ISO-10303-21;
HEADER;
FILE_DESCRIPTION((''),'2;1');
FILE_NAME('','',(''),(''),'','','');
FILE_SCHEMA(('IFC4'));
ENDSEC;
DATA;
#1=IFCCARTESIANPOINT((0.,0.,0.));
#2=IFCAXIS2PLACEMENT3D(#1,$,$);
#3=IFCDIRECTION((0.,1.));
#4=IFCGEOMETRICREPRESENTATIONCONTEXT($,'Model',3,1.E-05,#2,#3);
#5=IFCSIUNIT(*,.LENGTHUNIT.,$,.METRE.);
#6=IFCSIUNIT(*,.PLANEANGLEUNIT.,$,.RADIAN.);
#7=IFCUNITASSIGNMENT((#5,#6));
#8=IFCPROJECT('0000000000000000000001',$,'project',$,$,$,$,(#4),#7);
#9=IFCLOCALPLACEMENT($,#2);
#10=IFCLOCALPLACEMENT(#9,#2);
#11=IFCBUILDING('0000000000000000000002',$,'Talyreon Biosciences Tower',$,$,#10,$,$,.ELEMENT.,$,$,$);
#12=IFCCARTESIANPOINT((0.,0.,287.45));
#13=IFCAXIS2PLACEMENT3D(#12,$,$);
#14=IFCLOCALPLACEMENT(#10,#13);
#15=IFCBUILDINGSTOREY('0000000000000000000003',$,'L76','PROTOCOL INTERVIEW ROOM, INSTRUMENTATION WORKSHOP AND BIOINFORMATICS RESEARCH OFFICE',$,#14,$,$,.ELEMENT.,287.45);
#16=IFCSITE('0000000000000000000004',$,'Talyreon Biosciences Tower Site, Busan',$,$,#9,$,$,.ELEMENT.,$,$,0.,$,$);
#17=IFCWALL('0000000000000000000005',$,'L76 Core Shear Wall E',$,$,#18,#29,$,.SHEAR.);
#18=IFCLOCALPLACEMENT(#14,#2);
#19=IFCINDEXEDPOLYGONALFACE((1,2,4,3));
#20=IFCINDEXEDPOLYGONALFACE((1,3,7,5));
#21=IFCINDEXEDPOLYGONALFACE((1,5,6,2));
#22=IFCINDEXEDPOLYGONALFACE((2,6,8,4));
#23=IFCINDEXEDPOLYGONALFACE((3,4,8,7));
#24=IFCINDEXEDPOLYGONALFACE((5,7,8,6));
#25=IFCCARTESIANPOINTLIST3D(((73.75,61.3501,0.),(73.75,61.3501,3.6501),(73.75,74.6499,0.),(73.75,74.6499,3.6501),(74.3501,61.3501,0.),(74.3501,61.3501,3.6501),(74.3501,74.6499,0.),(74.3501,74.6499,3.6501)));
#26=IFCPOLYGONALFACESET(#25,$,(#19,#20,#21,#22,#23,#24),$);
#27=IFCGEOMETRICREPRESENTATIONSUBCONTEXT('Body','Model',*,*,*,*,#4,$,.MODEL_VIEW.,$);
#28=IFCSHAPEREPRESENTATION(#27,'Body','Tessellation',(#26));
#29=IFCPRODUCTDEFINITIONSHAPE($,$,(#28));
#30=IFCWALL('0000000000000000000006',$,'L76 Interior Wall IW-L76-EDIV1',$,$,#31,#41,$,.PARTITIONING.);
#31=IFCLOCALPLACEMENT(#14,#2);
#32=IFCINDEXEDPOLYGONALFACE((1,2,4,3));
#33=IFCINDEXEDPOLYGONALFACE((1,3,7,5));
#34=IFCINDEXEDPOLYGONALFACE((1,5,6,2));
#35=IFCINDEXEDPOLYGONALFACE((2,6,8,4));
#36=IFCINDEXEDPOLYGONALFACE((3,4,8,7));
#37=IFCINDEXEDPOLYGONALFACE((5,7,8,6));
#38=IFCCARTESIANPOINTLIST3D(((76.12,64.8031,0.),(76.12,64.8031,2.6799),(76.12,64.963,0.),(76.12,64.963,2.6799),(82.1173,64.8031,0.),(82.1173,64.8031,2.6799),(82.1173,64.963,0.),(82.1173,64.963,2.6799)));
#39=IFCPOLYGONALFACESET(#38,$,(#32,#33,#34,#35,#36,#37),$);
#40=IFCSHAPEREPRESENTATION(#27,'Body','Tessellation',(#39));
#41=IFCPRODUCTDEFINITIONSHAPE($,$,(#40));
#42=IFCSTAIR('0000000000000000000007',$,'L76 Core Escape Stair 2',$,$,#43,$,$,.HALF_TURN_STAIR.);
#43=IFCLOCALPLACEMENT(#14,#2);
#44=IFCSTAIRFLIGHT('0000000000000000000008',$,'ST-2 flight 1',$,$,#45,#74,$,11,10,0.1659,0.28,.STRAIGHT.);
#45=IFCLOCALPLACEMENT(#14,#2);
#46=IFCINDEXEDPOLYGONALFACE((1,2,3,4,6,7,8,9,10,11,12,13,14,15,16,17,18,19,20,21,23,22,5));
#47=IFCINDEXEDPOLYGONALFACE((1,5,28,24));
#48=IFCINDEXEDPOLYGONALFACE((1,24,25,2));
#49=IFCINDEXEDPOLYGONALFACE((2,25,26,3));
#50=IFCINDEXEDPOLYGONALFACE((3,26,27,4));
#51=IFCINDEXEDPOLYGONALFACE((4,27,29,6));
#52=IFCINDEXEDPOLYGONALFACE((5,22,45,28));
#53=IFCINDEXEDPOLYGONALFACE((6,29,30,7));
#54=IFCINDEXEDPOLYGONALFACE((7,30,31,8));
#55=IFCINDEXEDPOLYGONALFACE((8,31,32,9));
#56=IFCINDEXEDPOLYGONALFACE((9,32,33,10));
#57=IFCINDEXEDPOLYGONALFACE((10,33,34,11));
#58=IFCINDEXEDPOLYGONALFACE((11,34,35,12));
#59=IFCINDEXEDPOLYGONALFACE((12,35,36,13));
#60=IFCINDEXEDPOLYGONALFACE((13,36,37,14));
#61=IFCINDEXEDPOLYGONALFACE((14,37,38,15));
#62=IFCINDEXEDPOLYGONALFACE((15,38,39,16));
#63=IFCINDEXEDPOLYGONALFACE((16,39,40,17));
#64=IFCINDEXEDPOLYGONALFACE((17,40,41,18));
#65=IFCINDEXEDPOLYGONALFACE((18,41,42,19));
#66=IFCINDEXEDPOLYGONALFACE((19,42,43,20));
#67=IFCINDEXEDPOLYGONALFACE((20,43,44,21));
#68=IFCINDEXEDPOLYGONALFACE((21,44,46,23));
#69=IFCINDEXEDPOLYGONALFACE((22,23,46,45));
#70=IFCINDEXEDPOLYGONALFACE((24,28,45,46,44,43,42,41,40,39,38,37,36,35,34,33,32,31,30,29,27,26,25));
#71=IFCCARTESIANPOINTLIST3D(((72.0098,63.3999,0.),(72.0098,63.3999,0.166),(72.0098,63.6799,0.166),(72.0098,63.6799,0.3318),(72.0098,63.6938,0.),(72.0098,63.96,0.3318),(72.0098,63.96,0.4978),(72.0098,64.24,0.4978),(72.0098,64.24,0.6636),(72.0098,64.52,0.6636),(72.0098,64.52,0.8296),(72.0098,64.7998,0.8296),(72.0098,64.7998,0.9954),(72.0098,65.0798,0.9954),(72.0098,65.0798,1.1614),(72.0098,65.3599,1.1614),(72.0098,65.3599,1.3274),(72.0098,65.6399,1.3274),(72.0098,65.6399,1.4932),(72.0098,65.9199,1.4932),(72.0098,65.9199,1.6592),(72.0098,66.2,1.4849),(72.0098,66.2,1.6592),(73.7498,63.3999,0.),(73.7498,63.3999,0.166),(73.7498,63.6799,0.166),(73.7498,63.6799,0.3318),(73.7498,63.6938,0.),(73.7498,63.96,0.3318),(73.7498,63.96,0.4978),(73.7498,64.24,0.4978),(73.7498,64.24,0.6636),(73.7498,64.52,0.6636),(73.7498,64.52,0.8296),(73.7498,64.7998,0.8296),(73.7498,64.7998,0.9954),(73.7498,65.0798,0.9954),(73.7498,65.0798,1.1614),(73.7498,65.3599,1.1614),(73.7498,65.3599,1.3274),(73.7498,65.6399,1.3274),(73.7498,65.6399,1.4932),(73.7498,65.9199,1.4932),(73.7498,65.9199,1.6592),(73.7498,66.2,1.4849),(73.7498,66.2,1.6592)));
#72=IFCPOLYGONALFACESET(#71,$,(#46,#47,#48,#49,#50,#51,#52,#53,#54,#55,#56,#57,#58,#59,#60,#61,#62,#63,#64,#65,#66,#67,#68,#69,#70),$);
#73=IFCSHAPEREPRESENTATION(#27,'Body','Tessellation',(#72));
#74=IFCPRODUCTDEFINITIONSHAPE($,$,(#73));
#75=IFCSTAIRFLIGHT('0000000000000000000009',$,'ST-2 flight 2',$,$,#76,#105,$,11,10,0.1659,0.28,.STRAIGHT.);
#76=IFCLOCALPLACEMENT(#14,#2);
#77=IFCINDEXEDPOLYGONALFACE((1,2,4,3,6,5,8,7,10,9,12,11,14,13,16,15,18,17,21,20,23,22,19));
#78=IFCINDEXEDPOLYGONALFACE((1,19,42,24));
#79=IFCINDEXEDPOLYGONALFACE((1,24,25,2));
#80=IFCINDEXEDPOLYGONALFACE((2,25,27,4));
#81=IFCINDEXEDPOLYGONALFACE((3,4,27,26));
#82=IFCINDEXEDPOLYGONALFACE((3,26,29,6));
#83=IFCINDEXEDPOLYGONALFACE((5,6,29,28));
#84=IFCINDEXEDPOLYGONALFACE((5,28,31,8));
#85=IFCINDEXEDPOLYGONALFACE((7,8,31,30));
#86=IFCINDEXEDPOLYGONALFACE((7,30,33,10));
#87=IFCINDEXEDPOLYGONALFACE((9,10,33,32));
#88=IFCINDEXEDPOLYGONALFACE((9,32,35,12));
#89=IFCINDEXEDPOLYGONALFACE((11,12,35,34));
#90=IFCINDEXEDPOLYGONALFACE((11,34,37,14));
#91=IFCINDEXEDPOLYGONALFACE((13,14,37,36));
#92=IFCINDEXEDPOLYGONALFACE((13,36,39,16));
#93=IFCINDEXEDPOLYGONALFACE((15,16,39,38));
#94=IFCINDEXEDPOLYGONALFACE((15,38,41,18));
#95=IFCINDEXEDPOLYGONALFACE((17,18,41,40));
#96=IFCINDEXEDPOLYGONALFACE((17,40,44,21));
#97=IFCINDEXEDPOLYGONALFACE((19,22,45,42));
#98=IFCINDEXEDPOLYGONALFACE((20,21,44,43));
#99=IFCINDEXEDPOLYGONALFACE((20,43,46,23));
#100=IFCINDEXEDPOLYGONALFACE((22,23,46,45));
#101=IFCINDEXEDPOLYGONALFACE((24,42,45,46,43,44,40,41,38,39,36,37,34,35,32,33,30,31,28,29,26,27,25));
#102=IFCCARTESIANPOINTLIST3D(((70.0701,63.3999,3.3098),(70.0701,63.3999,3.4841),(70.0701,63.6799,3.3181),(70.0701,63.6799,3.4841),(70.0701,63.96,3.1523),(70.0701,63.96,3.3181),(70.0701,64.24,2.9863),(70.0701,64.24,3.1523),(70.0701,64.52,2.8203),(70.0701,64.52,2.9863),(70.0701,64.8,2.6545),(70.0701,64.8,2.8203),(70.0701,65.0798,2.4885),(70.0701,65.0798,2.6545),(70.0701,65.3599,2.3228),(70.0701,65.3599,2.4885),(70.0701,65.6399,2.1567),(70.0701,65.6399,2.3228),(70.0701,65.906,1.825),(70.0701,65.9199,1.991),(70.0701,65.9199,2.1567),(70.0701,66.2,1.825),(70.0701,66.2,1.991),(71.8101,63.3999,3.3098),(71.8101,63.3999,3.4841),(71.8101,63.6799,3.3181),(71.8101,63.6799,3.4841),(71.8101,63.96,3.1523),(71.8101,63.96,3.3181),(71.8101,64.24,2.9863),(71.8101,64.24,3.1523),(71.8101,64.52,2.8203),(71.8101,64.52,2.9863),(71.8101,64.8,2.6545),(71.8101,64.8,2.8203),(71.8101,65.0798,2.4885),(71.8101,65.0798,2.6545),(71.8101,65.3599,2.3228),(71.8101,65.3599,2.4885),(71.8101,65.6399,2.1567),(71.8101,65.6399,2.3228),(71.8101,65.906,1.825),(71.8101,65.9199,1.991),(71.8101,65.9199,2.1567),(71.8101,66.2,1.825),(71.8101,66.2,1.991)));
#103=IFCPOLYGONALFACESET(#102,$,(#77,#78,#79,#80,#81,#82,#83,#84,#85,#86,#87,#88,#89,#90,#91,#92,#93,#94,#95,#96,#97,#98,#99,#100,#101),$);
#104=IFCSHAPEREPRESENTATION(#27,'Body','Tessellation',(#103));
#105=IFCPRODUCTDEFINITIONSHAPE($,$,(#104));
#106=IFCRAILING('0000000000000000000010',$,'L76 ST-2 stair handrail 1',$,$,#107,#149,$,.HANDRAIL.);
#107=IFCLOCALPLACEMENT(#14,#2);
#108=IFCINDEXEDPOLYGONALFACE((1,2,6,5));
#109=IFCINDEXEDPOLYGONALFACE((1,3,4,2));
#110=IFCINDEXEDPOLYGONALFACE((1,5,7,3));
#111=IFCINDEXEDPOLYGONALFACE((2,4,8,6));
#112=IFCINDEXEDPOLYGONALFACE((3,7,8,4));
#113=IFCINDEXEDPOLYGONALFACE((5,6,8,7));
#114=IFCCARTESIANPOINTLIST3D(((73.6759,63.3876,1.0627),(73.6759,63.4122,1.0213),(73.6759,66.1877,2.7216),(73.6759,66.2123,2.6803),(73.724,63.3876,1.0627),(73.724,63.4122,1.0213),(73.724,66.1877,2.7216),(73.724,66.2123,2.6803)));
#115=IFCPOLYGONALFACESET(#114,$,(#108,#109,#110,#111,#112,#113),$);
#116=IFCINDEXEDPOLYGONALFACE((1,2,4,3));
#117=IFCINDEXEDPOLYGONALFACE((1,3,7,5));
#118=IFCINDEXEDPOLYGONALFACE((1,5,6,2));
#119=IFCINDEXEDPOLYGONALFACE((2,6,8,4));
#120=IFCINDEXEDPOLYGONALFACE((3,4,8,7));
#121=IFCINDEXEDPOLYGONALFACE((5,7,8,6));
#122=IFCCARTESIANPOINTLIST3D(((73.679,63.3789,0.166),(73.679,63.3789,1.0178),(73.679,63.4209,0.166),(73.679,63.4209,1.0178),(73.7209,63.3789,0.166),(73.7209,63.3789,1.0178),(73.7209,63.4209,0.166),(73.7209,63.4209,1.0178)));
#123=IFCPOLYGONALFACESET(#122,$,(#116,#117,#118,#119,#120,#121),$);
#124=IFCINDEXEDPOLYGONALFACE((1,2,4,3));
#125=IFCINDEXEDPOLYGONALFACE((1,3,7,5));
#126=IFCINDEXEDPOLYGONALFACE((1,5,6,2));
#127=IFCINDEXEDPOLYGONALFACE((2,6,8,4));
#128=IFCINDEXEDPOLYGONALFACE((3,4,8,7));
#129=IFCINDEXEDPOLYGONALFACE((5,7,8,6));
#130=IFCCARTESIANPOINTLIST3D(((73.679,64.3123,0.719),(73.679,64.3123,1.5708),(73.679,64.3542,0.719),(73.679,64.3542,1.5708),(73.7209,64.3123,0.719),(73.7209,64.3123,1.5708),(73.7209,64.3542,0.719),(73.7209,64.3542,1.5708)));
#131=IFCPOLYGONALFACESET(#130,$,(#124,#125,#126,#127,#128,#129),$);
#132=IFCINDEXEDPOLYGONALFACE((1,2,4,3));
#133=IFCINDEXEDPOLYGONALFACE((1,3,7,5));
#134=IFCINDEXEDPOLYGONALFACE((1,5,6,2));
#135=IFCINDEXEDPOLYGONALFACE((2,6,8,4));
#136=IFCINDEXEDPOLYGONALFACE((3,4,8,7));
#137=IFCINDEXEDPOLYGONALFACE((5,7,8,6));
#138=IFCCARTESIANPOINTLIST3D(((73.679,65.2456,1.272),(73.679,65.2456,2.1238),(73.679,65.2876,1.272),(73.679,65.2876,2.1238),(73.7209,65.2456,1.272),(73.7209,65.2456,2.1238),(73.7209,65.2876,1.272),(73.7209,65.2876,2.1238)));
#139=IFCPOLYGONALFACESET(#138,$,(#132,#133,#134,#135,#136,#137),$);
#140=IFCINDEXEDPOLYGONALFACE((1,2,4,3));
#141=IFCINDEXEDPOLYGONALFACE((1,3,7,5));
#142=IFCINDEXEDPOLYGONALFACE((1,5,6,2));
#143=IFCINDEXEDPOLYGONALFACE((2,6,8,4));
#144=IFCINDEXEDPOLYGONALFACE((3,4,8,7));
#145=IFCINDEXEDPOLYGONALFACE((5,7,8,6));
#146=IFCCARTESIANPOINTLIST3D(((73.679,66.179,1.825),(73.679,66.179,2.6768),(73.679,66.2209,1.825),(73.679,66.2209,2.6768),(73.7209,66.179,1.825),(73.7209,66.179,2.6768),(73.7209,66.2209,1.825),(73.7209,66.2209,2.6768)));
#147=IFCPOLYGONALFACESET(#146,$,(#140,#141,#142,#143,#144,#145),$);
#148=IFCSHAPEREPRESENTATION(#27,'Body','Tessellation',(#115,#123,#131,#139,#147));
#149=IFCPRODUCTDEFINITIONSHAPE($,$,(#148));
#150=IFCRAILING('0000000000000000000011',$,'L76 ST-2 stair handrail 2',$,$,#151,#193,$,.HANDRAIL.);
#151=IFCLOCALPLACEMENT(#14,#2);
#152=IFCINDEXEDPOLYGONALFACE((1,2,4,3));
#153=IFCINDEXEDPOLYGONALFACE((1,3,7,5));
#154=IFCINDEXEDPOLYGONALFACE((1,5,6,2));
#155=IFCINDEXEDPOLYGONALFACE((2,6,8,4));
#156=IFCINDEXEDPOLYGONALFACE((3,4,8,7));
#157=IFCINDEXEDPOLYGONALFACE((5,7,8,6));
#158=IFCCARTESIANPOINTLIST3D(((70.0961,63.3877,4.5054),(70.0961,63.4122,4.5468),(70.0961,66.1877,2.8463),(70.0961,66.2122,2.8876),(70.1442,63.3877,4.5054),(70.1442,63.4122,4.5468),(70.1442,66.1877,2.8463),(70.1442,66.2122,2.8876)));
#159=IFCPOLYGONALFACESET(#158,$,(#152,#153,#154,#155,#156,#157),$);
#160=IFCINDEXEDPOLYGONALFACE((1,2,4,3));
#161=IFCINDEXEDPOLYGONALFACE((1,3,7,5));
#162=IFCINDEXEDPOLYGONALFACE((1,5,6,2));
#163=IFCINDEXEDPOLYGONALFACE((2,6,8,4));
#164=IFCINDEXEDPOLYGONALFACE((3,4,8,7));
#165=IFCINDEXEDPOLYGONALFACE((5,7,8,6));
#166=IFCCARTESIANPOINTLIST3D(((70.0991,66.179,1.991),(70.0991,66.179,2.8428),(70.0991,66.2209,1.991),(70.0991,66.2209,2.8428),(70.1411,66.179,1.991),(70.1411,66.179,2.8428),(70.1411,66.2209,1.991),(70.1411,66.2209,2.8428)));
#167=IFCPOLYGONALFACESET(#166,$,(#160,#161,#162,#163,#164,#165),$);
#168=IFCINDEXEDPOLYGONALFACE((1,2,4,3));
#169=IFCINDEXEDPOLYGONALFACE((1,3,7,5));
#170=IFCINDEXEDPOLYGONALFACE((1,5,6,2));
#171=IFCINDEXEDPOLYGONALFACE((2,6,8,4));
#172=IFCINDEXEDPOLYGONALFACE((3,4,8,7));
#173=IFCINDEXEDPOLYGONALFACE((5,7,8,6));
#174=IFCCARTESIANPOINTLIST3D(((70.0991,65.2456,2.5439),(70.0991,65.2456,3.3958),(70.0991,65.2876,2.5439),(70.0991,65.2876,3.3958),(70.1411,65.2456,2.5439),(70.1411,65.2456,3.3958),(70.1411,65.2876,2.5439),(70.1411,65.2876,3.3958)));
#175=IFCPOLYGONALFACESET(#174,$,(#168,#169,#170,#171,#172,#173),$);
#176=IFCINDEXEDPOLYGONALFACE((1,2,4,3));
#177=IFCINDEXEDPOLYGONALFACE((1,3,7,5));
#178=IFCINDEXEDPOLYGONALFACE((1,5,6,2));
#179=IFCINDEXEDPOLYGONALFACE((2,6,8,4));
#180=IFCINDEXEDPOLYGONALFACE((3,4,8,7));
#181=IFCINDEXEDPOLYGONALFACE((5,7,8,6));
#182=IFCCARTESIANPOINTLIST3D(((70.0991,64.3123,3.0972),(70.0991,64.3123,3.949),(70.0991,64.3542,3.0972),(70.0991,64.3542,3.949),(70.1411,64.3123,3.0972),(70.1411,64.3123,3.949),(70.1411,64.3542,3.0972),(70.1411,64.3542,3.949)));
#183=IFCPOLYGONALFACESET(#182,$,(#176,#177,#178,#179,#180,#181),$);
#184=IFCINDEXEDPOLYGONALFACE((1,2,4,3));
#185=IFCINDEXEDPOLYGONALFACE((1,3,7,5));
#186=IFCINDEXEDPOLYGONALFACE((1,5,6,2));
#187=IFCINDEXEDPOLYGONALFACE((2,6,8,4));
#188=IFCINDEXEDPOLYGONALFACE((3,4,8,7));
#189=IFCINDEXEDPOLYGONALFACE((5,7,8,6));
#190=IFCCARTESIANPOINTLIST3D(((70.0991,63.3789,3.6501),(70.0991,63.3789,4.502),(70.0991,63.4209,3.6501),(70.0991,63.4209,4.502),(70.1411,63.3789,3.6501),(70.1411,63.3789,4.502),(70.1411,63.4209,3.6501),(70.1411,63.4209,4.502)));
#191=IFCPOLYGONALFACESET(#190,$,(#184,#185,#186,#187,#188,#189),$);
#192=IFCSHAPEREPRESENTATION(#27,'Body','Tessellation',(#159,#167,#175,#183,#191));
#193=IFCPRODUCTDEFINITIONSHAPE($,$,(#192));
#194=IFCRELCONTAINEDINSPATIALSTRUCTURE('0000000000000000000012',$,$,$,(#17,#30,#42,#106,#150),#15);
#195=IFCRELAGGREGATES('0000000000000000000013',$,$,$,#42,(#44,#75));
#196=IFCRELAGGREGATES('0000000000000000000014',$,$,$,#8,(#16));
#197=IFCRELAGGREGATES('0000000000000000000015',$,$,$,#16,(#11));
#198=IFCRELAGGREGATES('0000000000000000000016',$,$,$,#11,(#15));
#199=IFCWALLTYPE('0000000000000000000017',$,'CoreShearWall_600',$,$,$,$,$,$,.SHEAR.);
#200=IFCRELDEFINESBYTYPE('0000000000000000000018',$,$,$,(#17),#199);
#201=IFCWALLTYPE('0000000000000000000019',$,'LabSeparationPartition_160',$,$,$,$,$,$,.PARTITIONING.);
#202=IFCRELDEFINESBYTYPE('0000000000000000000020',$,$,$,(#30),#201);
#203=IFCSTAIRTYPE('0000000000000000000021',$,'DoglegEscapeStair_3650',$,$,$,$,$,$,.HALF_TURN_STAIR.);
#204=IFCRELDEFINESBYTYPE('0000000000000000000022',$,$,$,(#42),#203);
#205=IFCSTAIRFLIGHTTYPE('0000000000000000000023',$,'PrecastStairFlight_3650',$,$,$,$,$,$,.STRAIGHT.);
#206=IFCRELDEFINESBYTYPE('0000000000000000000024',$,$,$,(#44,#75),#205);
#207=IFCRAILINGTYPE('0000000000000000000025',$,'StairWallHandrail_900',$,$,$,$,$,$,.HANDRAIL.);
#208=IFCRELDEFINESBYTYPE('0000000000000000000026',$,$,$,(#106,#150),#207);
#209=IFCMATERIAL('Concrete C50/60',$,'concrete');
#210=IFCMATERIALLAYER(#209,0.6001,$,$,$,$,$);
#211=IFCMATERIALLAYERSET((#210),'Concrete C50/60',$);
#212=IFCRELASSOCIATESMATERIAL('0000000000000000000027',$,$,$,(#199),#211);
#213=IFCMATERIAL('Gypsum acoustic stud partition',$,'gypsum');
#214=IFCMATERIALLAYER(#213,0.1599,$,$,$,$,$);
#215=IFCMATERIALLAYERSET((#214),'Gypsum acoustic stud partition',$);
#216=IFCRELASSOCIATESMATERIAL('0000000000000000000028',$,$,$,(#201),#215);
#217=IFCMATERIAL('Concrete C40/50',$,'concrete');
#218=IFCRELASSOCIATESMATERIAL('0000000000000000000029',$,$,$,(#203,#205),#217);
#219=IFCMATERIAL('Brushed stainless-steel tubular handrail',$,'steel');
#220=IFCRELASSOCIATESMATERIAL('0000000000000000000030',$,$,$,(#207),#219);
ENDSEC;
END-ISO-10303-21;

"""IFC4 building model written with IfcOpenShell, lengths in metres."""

from ifc_helpers import new_model, si_unit, direction, frame, frame_2d, origin, origin_2d, place, context, subcontext, project, spatial, polyline, rectangle, outline, extrude, material, layer, layer_set, type_object, element, aggregate, save


model = new_model("IFC4")

# Units and contexts
model_context = context("Model", 3, precision=1e-05, world=origin(), true_north=direction((0.0, 1.0)))
body_context = subcontext(model_context, "Body", "Model", "MODEL_VIEW")
ifc_project = project(units=[si_unit("LENGTHUNIT", "METRE"), si_unit("PLANEANGLEUNIT", "RADIAN")], contexts=[model_context])

# Site, building, storey
site_placement = place(None, origin())
site = spatial("IfcSite", under=ifc_project, at=site_placement, Name="Talyreon Biosciences Tower Site, Busan", CompositionType="ELEMENT", RefElevation=0.0)
building_placement = place(site_placement, origin())
building = spatial("IfcBuilding", under=site, at=building_placement, Name="Talyreon Biosciences Tower", CompositionType="ELEMENT")
storey_placement = place(building_placement, frame((0.0, 0.0, 287.45)))
storey = spatial("IfcBuildingStorey", under=building, at=storey_placement, Name="L76", Description="PROTOCOL INTERVIEW ROOM, INSTRUMENTATION WORKSHOP AND BIOINFORMATICS RESEARCH OFFICE", CompositionType="ELEMENT", Elevation=287.45)

# Shared definitions
ifc_material_1 = material(Name="Concrete C50/60", Category="concrete")

# Walls
ifc_layer_1 = layer(ifc_material_1, 0.6001)
ifc_layer_set_1 = layer_set([ifc_layer_1], Name="Concrete C50/60")
wall_type_1 = type_object("IfcWallType", Name="CoreShearWall_600", PredefinedType="SHEAR", material=ifc_layer_set_1)
wall_1_placement = place(storey_placement, frame((74.05, 61.3501, 0.0), z_axis=(0.0, 0.0, 1.0), x_axis=(0.0, 1.0, 0.0)))
element("IfcWall", 1, at=wall_1_placement, inside=storey, type_object=wall_type_1, Name="L76 Core Shear Wall E", PredefinedType="SHEAR", context=body_context, shape_type="SweptSolid", body=[
    extrude(rectangle(XDim=13.2998, YDim=0.6001, at=frame_2d((6.6499, 0.0))), origin(), (0.0, 0.0, 1.0), 3.6501),
])
ifc_material_2 = material(Name="Gypsum acoustic stud partition", Category="gypsum")
ifc_layer_2 = layer(ifc_material_2, 0.1599)
ifc_layer_set_2 = layer_set([ifc_layer_2], Name="Gypsum acoustic stud partition")
wall_type_2 = type_object("IfcWallType", Name="LabSeparationPartition_160", PredefinedType="PARTITIONING", material=ifc_layer_set_2)
wall_2_placement = place(storey_placement, frame((76.1201, 64.8831, 0.0), z_axis=(0.0, 0.0, 1.0), x_axis=(1.0, 0.0, 0.0)))
element("IfcWall", 2, at=wall_2_placement, inside=storey, type_object=wall_type_2, Name="L76 Interior Wall IW-L76-EDIV1", PredefinedType="PARTITIONING", context=body_context, shape_type="SweptSolid", body=[
    extrude(rectangle(XDim=5.9973, YDim=0.1599, at=frame_2d((2.9985, 0.0))), origin(), (0.0, 0.0, 1.0), 2.6799),
])

# Stair, stair flights
ifc_material_3 = material(Name="Concrete C40/50", Category="concrete")
stair_type = type_object("IfcStairType", Name="DoglegEscapeStair_3650", PredefinedType="HALF_TURN_STAIR", material=ifc_material_3)
stair_placement = place(storey_placement, origin())
stair = element("IfcStair", 3, at=stair_placement, inside=storey, type_object=stair_type, Name="L76 Core Escape Stair 2", PredefinedType="HALF_TURN_STAIR")
stair_flight_type = type_object("IfcStairFlightType", Name="PrecastStairFlight_3650", PredefinedType="STRAIGHT", material=ifc_material_3)
stair_flight_1_placement = place(storey_placement, frame((72.8799, 63.3999, 0.0), z_axis=(0.0, 0.0, 1.0), x_axis=(0.0, 1.0, 0.0)))
stair_flight_1 = element("IfcStairFlight", 4, at=stair_flight_1_placement, type_object=stair_flight_type, Name="ST-2 flight 1", NumberOfRisers=11, NumberOfTreads=10, PredefinedType="STRAIGHT", RiserHeight=0.1659, TreadLength=0.28, context=body_context, shape_type="SweptSolid", body=[
    extrude(outline(polyline([(0.0, 0.0), (0.0, 0.166), (0.28, 0.166), (0.28, 0.3318), (0.5601, 0.3318), (0.5601, 0.4978), (0.8401, 0.4978), (0.8401, 0.6636), (1.1201, 0.6636), (1.1201, 0.8296), (1.3999, 0.8296), (1.3999, 0.9954), (1.6799, 0.9954), (1.6799, 1.1614), (1.96, 1.1614), (1.96, 1.3274), (2.24, 1.3274), (2.24, 1.4932), (2.52, 1.4932), (2.52, 1.6592), (2.8, 1.6592), (2.8, 1.825), (2.8, 1.4849), (0.2939, 0.0), (0.0, 0.0)])), frame((0.0, 0.8701, 0.0), z_axis=(0.0, -1.0, 0.0), x_axis=(1.0, 0.0, 0.0)), (0.0, 0.0, 1.0), 1.74),
])
stair_flight_2_placement = place(storey_placement, frame((70.9399, 66.2, 1.825), z_axis=(0.0, 0.0, 1.0), x_axis=(0.0, -1.0, 0.0)))
stair_flight_2 = element("IfcStairFlight", 5, at=stair_flight_2_placement, type_object=stair_flight_type, Name="ST-2 flight 2", NumberOfRisers=11, NumberOfTreads=10, PredefinedType="STRAIGHT", RiserHeight=0.1659, TreadLength=0.28, context=body_context, shape_type="SweptSolid", body=[
    extrude(outline(polyline([(0.0, 0.0), (0.0, 0.166), (0.28, 0.166), (0.28, 0.3318), (0.5601, 0.3318), (0.5601, 0.4978), (0.8401, 0.4978), (0.8401, 0.6636), (1.1201, 0.6636), (1.1201, 0.8296), (1.3999, 0.8296), (1.3999, 0.9954), (1.6799, 0.9954), (1.6799, 1.1614), (1.96, 1.1614), (1.96, 1.3274), (2.24, 1.3274), (2.24, 1.4932), (2.52, 1.4932), (2.52, 1.6592), (2.8, 1.6592), (2.8, 1.825), (2.8, 1.4849), (0.2939, 0.0), (0.0, 0.0)])), frame((0.0, 0.8701, 0.0), z_axis=(0.0, -1.0, 0.0), x_axis=(1.0, 0.0, 0.0)), (0.0, 0.0, 1.0), 1.74),
])
aggregate(stair, [stair_flight_1, stair_flight_2])

# Railings
ifc_material_4 = material(Name="Brushed stainless-steel tubular handrail", Category="steel")
railing_type_1 = type_object("IfcRailingType", Name="StairWallHandrail_900", PredefinedType="HANDRAIL", material=ifc_material_4)
railing_1_placement = place(storey_placement, frame((73.7, 63.3999, 0.166)))
element("IfcRailing", 6, at=railing_1_placement, inside=storey, type_object=railing_type_1, Name="L76 ST-2 stair handrail 1", PredefinedType="HANDRAIL", context=body_context, shape_type="SweptSolid", body=[
    extrude(rectangle(XDim=0.0481, YDim=0.0481, at=origin_2d()), frame((0.0, 0.0, 0.876), z_axis=(0.0, 0.860339, 0.509722), x_axis=(-1.0, 0.0, 0.0)), (0.0, 0.0, 1.0), 3.2546),
    extrude(rectangle(XDim=0.042, YDim=0.042, at=origin_2d()), origin(), (0.0, 0.0, 1.0), 0.8518),
    extrude(rectangle(XDim=0.042, YDim=0.042, at=origin_2d()), frame((0.0, 0.9333, 0.553)), (0.0, 0.0, 1.0), 0.8518),
    extrude(rectangle(XDim=0.042, YDim=0.042, at=origin_2d()), frame((0.0, 1.8667, 1.106)), (0.0, 0.0, 1.0), 0.8518),
    extrude(rectangle(XDim=0.042, YDim=0.042, at=origin_2d()), frame((0.0, 2.8, 1.6589)), (0.0, 0.0, 1.0), 0.8518),
])
railing_2_placement = place(storey_placement, frame((70.1201, 66.2, 1.991)))
element("IfcRailing", 7, at=railing_2_placement, inside=storey, type_object=railing_type_1, Name="L76 ST-2 stair handrail 2", PredefinedType="HANDRAIL", context=body_context, shape_type="SweptSolid", body=[
    extrude(rectangle(XDim=0.0481, YDim=0.0481, at=origin_2d()), frame((0.0, 0.0, 0.876), z_axis=(0.0, -0.860306, 0.509778), x_axis=(1.0, 0.0, 0.0)), (0.0, 0.0, 1.0), 3.2546),
    extrude(rectangle(XDim=0.042, YDim=0.042, at=origin_2d()), origin(), (0.0, 0.0, 1.0), 0.8518),
    extrude(rectangle(XDim=0.042, YDim=0.042, at=origin_2d()), frame((0.0, -0.9333, 0.553)), (0.0, 0.0, 1.0), 0.8518),
    extrude(rectangle(XDim=0.042, YDim=0.042, at=origin_2d()), frame((0.0, -1.8667, 1.1062)), (0.0, 0.0, 1.0), 0.8518),
    extrude(rectangle(XDim=0.042, YDim=0.042, at=origin_2d()), frame((0.0, -2.8, 1.6592)), (0.0, 0.0, 1.0), 0.8518),
])

save(model, "model.ifc")
